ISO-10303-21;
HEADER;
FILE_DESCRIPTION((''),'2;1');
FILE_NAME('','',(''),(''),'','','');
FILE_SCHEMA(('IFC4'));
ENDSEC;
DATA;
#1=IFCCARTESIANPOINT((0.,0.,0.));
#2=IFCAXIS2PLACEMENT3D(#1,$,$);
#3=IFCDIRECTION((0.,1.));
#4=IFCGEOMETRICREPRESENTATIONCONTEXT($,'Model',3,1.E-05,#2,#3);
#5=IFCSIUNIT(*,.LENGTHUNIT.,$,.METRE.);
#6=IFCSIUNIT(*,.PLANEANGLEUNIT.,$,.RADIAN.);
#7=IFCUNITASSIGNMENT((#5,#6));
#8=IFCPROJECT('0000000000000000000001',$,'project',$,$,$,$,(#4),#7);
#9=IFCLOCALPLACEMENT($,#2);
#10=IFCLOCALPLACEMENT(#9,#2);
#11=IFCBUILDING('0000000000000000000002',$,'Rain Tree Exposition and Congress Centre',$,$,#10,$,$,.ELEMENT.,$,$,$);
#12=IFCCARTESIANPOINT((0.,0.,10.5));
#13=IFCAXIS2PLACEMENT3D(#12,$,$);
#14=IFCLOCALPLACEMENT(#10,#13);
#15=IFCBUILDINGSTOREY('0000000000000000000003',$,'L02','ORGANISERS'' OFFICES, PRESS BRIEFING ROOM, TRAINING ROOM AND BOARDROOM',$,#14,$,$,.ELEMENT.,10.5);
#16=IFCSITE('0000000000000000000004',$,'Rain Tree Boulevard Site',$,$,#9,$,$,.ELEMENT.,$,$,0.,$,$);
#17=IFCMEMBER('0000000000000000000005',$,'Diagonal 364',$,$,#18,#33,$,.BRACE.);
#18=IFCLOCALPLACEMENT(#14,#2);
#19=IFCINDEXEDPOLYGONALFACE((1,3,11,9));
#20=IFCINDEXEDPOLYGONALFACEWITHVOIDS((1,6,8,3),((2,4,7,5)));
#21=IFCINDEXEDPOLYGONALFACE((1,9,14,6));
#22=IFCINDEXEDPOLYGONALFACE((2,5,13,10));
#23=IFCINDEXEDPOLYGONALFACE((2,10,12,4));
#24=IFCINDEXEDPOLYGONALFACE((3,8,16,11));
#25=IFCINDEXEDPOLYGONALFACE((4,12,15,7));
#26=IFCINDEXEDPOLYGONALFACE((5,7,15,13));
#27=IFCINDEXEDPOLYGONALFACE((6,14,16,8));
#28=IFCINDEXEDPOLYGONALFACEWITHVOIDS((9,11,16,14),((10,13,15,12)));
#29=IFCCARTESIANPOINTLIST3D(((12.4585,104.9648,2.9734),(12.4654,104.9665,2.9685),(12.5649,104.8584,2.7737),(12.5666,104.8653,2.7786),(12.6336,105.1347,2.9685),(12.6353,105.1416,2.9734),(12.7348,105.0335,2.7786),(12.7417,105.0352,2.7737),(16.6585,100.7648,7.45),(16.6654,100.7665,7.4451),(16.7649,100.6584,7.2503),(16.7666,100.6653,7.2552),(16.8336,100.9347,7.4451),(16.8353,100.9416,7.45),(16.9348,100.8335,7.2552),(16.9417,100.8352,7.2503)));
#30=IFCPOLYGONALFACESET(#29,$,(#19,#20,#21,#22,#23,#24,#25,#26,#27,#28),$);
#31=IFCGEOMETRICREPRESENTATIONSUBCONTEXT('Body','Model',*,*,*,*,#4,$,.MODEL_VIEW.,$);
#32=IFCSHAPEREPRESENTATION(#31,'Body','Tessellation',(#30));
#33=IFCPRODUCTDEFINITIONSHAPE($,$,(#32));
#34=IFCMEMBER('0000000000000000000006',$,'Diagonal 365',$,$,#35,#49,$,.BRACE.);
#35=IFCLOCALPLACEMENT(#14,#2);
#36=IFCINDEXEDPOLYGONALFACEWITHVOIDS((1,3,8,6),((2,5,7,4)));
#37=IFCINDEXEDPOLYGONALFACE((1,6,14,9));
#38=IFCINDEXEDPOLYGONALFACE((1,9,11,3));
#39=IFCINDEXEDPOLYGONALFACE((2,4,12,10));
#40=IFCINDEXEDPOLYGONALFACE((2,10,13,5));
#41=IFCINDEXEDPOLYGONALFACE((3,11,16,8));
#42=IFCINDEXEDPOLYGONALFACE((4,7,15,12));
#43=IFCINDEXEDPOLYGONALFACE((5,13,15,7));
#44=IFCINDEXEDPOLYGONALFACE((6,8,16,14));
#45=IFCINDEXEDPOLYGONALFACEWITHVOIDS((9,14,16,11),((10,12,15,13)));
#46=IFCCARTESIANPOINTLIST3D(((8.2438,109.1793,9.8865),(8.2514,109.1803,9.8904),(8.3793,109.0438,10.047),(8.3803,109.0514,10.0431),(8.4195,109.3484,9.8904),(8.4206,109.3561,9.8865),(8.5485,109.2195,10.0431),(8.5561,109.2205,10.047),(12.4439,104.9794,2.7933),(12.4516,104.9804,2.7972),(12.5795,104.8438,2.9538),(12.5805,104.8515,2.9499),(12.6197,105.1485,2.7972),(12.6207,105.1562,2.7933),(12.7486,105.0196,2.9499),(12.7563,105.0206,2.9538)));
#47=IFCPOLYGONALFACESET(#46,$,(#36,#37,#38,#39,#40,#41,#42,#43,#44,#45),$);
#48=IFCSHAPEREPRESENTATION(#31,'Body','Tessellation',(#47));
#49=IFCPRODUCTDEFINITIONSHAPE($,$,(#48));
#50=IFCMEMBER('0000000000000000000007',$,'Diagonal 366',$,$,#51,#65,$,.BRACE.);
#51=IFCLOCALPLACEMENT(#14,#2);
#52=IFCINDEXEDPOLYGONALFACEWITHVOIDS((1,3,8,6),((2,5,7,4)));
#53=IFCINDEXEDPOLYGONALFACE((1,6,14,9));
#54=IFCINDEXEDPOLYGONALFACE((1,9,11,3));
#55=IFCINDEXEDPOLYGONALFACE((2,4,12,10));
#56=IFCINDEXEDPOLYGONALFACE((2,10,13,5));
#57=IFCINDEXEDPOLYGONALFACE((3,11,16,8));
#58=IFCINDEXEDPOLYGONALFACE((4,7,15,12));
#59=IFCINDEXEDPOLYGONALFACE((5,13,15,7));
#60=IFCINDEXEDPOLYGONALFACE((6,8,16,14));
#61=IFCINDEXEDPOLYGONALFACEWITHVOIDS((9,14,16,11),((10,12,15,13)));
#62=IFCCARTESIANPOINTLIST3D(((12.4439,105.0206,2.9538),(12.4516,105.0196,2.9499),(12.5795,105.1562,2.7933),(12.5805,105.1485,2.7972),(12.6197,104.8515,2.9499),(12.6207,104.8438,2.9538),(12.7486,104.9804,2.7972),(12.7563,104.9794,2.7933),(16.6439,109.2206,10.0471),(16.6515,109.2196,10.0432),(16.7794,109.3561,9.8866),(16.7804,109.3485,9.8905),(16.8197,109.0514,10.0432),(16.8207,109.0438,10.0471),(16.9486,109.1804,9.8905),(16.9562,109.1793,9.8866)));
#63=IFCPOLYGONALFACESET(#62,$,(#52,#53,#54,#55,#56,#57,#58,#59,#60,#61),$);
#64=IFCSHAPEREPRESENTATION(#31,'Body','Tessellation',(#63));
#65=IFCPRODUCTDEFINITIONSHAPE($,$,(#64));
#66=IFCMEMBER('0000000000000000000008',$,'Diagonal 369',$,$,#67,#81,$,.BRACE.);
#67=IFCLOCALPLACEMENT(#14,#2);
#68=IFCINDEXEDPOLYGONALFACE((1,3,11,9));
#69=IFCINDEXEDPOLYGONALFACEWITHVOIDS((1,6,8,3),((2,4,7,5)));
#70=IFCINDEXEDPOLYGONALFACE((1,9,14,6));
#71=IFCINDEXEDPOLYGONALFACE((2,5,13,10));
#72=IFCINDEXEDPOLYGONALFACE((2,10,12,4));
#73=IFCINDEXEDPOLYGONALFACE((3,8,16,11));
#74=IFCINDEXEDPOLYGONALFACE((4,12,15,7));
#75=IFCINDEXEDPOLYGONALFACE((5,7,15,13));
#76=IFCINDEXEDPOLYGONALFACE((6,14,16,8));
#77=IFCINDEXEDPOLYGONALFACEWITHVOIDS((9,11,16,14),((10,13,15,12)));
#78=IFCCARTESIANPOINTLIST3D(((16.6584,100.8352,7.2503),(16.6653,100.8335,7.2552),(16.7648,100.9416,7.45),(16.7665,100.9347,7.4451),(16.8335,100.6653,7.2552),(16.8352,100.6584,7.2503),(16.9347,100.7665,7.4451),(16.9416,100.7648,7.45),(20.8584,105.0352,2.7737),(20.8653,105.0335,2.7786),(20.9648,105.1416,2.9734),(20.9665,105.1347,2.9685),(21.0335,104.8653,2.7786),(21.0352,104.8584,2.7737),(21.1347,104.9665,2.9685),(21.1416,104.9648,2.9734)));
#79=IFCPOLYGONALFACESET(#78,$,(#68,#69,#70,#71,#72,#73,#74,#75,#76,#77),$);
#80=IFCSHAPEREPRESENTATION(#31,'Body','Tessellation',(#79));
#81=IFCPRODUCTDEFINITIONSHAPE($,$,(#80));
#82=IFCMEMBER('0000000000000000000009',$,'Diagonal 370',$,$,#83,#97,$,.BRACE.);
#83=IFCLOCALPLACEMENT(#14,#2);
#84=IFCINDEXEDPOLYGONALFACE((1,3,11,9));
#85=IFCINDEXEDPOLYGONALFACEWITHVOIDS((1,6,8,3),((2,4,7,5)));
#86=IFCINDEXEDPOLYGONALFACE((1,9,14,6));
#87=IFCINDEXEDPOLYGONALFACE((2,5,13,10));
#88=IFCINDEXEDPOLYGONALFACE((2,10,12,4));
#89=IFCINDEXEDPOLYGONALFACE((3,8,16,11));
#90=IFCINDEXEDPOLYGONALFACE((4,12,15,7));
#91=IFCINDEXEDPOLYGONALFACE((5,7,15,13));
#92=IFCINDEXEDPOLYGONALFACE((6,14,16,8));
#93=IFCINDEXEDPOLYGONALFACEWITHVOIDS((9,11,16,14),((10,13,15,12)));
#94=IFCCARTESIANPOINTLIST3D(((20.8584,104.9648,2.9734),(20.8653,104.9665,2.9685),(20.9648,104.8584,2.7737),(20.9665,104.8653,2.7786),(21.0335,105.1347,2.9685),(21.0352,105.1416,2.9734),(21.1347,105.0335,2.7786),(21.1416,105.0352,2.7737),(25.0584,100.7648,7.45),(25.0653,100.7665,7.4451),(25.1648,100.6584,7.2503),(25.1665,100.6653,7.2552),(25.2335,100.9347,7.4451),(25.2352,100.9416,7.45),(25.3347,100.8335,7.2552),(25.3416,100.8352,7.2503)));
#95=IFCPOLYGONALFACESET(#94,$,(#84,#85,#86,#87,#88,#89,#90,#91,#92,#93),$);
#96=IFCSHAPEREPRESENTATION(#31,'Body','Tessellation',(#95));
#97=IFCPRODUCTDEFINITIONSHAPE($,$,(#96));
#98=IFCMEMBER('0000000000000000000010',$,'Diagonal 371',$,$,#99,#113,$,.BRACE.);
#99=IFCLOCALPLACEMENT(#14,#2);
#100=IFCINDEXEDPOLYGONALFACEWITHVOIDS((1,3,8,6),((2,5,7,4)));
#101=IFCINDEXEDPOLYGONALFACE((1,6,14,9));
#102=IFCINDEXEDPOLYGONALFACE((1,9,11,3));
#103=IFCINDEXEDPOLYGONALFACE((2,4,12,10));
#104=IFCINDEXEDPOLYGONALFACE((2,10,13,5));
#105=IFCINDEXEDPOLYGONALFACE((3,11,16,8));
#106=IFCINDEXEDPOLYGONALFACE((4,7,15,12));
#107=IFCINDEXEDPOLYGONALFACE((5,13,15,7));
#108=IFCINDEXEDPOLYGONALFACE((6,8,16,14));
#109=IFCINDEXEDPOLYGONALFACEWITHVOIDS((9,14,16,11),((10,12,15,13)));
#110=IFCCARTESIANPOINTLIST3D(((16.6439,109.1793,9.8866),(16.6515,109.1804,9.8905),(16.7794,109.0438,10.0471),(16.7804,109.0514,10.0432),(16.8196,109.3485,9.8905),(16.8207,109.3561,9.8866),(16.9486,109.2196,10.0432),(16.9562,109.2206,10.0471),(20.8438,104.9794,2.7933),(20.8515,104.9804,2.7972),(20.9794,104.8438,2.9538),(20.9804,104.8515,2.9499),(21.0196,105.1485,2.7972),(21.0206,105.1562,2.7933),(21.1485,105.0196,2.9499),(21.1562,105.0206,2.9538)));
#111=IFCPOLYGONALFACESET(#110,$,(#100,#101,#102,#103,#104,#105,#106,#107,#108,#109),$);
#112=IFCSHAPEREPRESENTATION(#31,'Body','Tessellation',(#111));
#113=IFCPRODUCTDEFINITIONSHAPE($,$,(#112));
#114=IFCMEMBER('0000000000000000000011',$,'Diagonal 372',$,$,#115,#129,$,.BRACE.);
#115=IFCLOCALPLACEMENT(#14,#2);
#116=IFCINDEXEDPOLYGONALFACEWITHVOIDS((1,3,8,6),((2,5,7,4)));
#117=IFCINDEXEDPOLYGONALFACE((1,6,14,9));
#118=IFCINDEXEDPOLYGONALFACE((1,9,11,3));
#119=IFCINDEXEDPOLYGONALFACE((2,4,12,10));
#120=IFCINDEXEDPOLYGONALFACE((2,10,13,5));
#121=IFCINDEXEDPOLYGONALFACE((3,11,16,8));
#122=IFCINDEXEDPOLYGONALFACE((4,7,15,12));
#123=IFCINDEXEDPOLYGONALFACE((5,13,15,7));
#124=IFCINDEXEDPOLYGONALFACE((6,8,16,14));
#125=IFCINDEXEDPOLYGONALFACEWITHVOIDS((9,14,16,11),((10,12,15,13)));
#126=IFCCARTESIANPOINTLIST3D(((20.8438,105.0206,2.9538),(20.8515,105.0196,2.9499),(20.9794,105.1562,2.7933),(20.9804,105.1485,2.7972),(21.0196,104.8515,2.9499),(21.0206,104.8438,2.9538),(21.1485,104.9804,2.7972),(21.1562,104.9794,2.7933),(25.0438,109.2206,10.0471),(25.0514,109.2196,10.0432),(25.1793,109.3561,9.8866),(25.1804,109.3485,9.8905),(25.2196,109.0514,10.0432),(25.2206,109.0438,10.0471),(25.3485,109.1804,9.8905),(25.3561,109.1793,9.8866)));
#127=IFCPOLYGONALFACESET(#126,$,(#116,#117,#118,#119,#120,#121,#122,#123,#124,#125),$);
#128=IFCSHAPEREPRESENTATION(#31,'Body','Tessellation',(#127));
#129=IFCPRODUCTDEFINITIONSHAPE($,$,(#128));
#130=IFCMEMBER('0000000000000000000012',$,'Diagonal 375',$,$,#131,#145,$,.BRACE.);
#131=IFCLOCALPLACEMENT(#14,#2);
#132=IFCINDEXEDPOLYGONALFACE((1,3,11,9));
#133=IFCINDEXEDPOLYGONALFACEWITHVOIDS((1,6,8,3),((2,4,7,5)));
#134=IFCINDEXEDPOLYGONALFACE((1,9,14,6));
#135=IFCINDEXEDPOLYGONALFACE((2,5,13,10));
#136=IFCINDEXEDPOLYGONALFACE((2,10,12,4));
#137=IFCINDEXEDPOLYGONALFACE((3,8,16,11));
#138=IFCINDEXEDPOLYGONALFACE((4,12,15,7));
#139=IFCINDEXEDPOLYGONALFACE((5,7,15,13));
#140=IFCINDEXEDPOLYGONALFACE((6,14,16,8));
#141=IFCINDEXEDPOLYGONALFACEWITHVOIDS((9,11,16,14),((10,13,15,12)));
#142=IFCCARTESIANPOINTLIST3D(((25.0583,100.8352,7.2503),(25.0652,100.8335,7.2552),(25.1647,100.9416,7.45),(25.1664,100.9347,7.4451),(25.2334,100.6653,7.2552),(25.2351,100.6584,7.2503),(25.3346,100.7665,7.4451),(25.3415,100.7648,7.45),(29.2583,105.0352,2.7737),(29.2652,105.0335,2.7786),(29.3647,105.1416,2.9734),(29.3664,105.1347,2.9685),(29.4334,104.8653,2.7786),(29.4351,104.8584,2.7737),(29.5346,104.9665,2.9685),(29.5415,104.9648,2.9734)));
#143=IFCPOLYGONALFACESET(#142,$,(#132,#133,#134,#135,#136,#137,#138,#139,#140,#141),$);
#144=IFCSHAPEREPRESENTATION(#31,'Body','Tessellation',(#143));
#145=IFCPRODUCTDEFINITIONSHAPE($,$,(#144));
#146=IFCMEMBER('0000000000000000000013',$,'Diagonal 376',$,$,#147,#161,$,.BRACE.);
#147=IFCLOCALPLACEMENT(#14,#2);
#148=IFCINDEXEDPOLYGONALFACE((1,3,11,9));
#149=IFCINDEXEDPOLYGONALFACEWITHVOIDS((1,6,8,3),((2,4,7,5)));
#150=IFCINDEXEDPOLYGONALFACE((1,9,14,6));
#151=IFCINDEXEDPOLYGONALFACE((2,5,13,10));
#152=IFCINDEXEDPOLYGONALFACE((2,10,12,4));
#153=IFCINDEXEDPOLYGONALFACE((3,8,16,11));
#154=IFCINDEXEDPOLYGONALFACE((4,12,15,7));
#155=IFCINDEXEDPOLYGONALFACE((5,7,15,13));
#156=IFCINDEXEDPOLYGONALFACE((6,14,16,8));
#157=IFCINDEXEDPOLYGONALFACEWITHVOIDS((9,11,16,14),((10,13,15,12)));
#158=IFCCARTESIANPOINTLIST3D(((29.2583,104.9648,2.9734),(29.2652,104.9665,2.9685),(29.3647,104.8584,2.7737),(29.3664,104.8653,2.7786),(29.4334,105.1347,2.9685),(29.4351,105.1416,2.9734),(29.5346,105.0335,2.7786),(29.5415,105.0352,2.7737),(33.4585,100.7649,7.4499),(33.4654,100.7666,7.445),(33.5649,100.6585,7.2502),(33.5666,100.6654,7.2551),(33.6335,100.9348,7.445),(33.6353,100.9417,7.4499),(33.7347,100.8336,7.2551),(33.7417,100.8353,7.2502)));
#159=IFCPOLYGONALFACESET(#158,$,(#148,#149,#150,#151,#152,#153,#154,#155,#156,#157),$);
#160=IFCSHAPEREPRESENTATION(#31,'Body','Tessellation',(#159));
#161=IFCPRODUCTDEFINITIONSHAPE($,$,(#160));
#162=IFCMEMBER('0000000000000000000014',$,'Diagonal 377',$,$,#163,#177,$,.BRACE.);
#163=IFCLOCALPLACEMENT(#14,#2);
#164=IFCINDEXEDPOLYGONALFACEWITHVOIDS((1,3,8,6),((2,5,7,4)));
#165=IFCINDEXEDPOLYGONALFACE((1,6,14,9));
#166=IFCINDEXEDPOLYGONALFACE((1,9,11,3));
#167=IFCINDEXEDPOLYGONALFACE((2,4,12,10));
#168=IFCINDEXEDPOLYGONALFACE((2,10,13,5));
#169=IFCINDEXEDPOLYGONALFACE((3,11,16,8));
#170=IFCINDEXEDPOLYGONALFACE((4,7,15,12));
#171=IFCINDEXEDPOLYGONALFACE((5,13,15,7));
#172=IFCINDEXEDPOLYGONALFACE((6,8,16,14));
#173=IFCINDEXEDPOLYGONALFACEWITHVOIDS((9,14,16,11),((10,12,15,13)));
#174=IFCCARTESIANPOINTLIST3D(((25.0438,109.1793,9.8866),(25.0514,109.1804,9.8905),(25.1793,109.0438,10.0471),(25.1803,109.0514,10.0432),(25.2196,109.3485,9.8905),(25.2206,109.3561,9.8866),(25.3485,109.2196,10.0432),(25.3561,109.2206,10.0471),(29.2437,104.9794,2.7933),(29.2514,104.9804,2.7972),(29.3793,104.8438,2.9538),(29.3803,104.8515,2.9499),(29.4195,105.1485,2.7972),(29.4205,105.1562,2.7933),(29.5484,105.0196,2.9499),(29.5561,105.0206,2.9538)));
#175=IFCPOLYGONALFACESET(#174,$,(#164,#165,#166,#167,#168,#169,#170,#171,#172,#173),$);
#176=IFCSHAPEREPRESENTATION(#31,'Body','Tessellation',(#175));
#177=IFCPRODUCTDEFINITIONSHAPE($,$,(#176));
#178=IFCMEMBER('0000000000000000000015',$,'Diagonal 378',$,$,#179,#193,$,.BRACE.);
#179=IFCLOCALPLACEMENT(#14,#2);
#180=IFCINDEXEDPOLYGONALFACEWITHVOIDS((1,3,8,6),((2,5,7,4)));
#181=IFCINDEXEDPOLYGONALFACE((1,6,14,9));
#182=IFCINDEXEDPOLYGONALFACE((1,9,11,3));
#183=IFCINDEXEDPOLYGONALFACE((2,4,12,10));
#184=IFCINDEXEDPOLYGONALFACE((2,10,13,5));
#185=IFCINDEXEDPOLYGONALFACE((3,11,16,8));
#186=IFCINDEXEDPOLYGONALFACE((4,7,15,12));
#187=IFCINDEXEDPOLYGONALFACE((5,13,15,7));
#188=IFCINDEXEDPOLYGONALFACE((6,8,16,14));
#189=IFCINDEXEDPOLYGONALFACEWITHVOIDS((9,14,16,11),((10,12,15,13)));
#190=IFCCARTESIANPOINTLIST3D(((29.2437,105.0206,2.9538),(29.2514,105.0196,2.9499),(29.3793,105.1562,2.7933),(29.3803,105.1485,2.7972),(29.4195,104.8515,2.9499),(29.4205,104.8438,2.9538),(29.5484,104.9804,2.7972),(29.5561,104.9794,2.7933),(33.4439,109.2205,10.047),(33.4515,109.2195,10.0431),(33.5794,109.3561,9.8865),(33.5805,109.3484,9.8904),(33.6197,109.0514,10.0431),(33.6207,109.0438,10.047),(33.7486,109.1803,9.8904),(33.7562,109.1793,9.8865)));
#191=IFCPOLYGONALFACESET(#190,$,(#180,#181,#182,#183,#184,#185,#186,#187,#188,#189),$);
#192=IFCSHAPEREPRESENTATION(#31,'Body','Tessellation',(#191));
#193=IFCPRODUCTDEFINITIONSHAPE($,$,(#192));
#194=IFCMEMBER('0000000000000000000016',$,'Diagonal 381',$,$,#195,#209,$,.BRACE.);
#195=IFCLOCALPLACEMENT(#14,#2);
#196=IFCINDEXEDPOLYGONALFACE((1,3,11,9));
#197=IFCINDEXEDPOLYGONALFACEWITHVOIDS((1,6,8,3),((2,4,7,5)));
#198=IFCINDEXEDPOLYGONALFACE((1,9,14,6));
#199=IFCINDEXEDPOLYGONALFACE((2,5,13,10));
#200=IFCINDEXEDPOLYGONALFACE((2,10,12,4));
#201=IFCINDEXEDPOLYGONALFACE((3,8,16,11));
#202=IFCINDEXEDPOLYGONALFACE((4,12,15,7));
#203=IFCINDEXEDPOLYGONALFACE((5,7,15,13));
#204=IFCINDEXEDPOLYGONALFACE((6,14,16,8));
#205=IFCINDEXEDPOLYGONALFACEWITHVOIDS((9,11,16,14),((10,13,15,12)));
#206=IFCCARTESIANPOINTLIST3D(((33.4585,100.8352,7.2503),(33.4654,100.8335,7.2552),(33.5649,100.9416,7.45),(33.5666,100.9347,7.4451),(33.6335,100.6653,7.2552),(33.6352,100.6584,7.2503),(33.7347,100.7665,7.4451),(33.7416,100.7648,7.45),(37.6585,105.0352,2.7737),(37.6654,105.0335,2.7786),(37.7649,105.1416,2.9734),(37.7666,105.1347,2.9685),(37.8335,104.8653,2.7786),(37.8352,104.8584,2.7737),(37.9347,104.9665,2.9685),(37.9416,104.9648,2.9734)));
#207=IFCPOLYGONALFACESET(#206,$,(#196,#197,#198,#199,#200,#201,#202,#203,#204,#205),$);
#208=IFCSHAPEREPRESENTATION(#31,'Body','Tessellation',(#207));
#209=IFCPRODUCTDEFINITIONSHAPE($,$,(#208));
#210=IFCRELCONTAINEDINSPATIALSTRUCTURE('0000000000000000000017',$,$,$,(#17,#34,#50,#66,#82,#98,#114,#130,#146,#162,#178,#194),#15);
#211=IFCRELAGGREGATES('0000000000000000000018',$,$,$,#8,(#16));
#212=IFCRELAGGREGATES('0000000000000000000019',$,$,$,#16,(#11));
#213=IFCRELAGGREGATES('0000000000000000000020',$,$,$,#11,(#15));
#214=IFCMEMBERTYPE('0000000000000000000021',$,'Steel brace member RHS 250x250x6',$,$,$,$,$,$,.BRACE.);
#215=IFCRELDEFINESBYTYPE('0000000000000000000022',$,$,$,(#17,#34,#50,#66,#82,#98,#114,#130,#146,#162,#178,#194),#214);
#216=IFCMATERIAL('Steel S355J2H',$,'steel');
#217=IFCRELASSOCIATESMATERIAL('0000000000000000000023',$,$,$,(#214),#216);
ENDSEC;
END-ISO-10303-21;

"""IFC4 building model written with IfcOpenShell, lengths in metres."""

from ifc_helpers import new_model, si_unit, direction, frame, origin, origin_2d, place, context, subcontext, project, spatial, hollow_rectangle, extrude, material, material_profile, profile_set, type_object, element, save


model = new_model("IFC4")

# Units and contexts
model_context = context("Model", 3, precision=1e-05, world=origin(), true_north=direction((0.0, 1.0)))
body_context = subcontext(model_context, "Body", "Model", "MODEL_VIEW")
ifc_project = project(units=[si_unit("LENGTHUNIT", "METRE"), si_unit("PLANEANGLEUNIT", "RADIAN")], contexts=[model_context])

# Site, building, storey
site_placement = place(None, origin())
site = spatial("IfcSite", under=ifc_project, at=site_placement, Name="Rain Tree Boulevard Site", CompositionType="ELEMENT", RefElevation=0.0)
building_placement = place(site_placement, origin())
building = spatial("IfcBuilding", under=site, at=building_placement, Name="Rain Tree Exposition and Congress Centre", CompositionType="ELEMENT")
storey_placement = place(building_placement, frame((0.0, 0.0, 10.5)))
storey = spatial("IfcBuildingStorey", under=building, at=storey_placement, Name="L02", Description="ORGANISERS' OFFICES, PRESS BRIEFING ROOM, TRAINING ROOM AND BOARDROOM", CompositionType="ELEMENT", Elevation=10.5)

# Members
ifc_material_1 = material(Name="Steel S355J2H", Category="steel")
ifc_material_profile_1 = material_profile(ifc_material_1, hollow_rectangle(XDim=0.25, YDim=0.25, WallThickness=0.0061, at=origin_2d()), Name="RHS 250x250x6")
ifc_profile_set_1 = profile_set([ifc_material_profile_1], Name="Steel S355J2H")
member_type_1 = type_object("IfcMemberType", Name="Steel brace member RHS 250x250x6", PredefinedType="BRACE", material=ifc_profile_set_1)
member_1_placement = place(storey_placement, frame((12.6001, 105.0, 2.8735), z_axis=(0.564687, -0.564687, 0.601878), x_axis=(0.707107, 0.707107, 0.0)))
element("IfcMember", 1, at=member_1_placement, inside=storey, type_object=member_type_1, Name="Diagonal 364", PredefinedType="BRACE", context=body_context, shape_type="SweptSolid", body=[
    extrude(hollow_rectangle(XDim=0.25, YDim=0.25, WallThickness=0.0061, at=origin_2d()), origin(), (0.0, 0.0, 1.0), 7.4377),
])
for number, where, z_axis, x_axis, name in (
    (2, (12.6001, 105.0, 2.8735), (-0.453987, 0.453961, 0.766691), (-0.707086, -0.707127, 0.0), "Diagonal 365"),
    (3, (12.6001, 105.0, 2.8735), (0.453966, 0.453966, 0.7667), (-0.707107, 0.707107, 0.0), "Diagonal 366"),
):
    element("IfcMember", number, at=place(storey_placement, frame(where, z_axis=z_axis, x_axis=x_axis)), inside=storey, type_object=member_type_1, Name=name, PredefinedType="BRACE", context=body_context, shape_type="SweptSolid", body=[
        extrude(hollow_rectangle(XDim=0.25, YDim=0.25, WallThickness=0.0061, at=origin_2d()), origin(), (0.0, 0.0, 1.0), 9.2517),
    ])
for number, where, z_axis, x_axis, name in (
    (4, (21.0, 105.0, 2.8735), (-0.564687, -0.564687, 0.601878), (0.707107, -0.707107, 0.0), "Diagonal 369"),
    (5, (21.0, 105.0, 2.8735), (0.564687, -0.564687, 0.601878), (0.707107, 0.707107, 0.0), "Diagonal 370"),
):
    element("IfcMember", number, at=place(storey_placement, frame(where, z_axis=z_axis, x_axis=x_axis)), inside=storey, type_object=member_type_1, Name=name, PredefinedType="BRACE", context=body_context, shape_type="SweptSolid", body=[
        extrude(hollow_rectangle(XDim=0.25, YDim=0.25, WallThickness=0.0061, at=origin_2d()), origin(), (0.0, 0.0, 1.0), 7.4377),
    ])
for number, where, z_axis, x_axis, name in (
    (6, (21.0, 105.0, 2.8735), (-0.453966, 0.453966, 0.7667), (-0.707107, -0.707107, 0.0), "Diagonal 371"),
    (7, (21.0, 105.0, 2.8735), (0.453966, 0.453966, 0.7667), (-0.707107, 0.707107, 0.0), "Diagonal 372"),
):
    element("IfcMember", number, at=place(storey_placement, frame(where, z_axis=z_axis, x_axis=x_axis)), inside=storey, type_object=member_type_1, Name=name, PredefinedType="BRACE", context=body_context, shape_type="SweptSolid", body=[
        extrude(hollow_rectangle(XDim=0.25, YDim=0.25, WallThickness=0.0061, at=origin_2d()), origin(), (0.0, 0.0, 1.0), 9.2517),
    ])
for number, where, z_axis, x_axis, name in (
    (8, (29.3999, 105.0, 2.8735), (-0.564687, -0.564687, 0.601878), (0.707107, -0.707107, 0.0), "Diagonal 375"),
    (9, (29.3999, 105.0, 2.8735), (0.564709, -0.564677, 0.601867), (0.707086, 0.707127, 0.0), "Diagonal 376"),
):
    element("IfcMember", number, at=place(storey_placement, frame(where, z_axis=z_axis, x_axis=x_axis)), inside=storey, type_object=member_type_1, Name=name, PredefinedType="BRACE", context=body_context, shape_type="SweptSolid", body=[
        extrude(hollow_rectangle(XDim=0.25, YDim=0.25, WallThickness=0.0061, at=origin_2d()), origin(), (0.0, 0.0, 1.0), 7.4377),
    ])
for number, where, z_axis, x_axis, name in (
    (10, (29.3999, 105.0, 2.8735), (-0.453966, 0.453966, 0.7667), (-0.707107, -0.707107, 0.0), "Diagonal 377"),
    (11, (29.3999, 105.0, 2.8735), (0.453987, 0.453961, 0.766691), (-0.707086, 0.707127, 0.0), "Diagonal 378"),
):
    element("IfcMember", number, at=place(storey_placement, frame(where, z_axis=z_axis, x_axis=x_axis)), inside=storey, type_object=member_type_1, Name=name, PredefinedType="BRACE", context=body_context, shape_type="SweptSolid", body=[
        extrude(hollow_rectangle(XDim=0.25, YDim=0.25, WallThickness=0.0061, at=origin_2d()), origin(), (0.0, 0.0, 1.0), 9.2517),
    ])
for number, where, z_axis, x_axis, name in (
    (12, (37.8, 105.0, 2.8735), (-0.564687, -0.564687, 0.601878), (0.707107, -0.707107, 0.0), "Diagonal 381"),
):
    element("IfcMember", number, at=place(storey_placement, frame(where, z_axis=z_axis, x_axis=x_axis)), inside=storey, type_object=member_type_1, Name=name, PredefinedType="BRACE", context=body_context, shape_type="SweptSolid", body=[
        extrude(hollow_rectangle(XDim=0.25, YDim=0.25, WallThickness=0.0061, at=origin_2d()), origin(), (0.0, 0.0, 1.0), 7.4377),
    ])

save(model, "model.ifc")
